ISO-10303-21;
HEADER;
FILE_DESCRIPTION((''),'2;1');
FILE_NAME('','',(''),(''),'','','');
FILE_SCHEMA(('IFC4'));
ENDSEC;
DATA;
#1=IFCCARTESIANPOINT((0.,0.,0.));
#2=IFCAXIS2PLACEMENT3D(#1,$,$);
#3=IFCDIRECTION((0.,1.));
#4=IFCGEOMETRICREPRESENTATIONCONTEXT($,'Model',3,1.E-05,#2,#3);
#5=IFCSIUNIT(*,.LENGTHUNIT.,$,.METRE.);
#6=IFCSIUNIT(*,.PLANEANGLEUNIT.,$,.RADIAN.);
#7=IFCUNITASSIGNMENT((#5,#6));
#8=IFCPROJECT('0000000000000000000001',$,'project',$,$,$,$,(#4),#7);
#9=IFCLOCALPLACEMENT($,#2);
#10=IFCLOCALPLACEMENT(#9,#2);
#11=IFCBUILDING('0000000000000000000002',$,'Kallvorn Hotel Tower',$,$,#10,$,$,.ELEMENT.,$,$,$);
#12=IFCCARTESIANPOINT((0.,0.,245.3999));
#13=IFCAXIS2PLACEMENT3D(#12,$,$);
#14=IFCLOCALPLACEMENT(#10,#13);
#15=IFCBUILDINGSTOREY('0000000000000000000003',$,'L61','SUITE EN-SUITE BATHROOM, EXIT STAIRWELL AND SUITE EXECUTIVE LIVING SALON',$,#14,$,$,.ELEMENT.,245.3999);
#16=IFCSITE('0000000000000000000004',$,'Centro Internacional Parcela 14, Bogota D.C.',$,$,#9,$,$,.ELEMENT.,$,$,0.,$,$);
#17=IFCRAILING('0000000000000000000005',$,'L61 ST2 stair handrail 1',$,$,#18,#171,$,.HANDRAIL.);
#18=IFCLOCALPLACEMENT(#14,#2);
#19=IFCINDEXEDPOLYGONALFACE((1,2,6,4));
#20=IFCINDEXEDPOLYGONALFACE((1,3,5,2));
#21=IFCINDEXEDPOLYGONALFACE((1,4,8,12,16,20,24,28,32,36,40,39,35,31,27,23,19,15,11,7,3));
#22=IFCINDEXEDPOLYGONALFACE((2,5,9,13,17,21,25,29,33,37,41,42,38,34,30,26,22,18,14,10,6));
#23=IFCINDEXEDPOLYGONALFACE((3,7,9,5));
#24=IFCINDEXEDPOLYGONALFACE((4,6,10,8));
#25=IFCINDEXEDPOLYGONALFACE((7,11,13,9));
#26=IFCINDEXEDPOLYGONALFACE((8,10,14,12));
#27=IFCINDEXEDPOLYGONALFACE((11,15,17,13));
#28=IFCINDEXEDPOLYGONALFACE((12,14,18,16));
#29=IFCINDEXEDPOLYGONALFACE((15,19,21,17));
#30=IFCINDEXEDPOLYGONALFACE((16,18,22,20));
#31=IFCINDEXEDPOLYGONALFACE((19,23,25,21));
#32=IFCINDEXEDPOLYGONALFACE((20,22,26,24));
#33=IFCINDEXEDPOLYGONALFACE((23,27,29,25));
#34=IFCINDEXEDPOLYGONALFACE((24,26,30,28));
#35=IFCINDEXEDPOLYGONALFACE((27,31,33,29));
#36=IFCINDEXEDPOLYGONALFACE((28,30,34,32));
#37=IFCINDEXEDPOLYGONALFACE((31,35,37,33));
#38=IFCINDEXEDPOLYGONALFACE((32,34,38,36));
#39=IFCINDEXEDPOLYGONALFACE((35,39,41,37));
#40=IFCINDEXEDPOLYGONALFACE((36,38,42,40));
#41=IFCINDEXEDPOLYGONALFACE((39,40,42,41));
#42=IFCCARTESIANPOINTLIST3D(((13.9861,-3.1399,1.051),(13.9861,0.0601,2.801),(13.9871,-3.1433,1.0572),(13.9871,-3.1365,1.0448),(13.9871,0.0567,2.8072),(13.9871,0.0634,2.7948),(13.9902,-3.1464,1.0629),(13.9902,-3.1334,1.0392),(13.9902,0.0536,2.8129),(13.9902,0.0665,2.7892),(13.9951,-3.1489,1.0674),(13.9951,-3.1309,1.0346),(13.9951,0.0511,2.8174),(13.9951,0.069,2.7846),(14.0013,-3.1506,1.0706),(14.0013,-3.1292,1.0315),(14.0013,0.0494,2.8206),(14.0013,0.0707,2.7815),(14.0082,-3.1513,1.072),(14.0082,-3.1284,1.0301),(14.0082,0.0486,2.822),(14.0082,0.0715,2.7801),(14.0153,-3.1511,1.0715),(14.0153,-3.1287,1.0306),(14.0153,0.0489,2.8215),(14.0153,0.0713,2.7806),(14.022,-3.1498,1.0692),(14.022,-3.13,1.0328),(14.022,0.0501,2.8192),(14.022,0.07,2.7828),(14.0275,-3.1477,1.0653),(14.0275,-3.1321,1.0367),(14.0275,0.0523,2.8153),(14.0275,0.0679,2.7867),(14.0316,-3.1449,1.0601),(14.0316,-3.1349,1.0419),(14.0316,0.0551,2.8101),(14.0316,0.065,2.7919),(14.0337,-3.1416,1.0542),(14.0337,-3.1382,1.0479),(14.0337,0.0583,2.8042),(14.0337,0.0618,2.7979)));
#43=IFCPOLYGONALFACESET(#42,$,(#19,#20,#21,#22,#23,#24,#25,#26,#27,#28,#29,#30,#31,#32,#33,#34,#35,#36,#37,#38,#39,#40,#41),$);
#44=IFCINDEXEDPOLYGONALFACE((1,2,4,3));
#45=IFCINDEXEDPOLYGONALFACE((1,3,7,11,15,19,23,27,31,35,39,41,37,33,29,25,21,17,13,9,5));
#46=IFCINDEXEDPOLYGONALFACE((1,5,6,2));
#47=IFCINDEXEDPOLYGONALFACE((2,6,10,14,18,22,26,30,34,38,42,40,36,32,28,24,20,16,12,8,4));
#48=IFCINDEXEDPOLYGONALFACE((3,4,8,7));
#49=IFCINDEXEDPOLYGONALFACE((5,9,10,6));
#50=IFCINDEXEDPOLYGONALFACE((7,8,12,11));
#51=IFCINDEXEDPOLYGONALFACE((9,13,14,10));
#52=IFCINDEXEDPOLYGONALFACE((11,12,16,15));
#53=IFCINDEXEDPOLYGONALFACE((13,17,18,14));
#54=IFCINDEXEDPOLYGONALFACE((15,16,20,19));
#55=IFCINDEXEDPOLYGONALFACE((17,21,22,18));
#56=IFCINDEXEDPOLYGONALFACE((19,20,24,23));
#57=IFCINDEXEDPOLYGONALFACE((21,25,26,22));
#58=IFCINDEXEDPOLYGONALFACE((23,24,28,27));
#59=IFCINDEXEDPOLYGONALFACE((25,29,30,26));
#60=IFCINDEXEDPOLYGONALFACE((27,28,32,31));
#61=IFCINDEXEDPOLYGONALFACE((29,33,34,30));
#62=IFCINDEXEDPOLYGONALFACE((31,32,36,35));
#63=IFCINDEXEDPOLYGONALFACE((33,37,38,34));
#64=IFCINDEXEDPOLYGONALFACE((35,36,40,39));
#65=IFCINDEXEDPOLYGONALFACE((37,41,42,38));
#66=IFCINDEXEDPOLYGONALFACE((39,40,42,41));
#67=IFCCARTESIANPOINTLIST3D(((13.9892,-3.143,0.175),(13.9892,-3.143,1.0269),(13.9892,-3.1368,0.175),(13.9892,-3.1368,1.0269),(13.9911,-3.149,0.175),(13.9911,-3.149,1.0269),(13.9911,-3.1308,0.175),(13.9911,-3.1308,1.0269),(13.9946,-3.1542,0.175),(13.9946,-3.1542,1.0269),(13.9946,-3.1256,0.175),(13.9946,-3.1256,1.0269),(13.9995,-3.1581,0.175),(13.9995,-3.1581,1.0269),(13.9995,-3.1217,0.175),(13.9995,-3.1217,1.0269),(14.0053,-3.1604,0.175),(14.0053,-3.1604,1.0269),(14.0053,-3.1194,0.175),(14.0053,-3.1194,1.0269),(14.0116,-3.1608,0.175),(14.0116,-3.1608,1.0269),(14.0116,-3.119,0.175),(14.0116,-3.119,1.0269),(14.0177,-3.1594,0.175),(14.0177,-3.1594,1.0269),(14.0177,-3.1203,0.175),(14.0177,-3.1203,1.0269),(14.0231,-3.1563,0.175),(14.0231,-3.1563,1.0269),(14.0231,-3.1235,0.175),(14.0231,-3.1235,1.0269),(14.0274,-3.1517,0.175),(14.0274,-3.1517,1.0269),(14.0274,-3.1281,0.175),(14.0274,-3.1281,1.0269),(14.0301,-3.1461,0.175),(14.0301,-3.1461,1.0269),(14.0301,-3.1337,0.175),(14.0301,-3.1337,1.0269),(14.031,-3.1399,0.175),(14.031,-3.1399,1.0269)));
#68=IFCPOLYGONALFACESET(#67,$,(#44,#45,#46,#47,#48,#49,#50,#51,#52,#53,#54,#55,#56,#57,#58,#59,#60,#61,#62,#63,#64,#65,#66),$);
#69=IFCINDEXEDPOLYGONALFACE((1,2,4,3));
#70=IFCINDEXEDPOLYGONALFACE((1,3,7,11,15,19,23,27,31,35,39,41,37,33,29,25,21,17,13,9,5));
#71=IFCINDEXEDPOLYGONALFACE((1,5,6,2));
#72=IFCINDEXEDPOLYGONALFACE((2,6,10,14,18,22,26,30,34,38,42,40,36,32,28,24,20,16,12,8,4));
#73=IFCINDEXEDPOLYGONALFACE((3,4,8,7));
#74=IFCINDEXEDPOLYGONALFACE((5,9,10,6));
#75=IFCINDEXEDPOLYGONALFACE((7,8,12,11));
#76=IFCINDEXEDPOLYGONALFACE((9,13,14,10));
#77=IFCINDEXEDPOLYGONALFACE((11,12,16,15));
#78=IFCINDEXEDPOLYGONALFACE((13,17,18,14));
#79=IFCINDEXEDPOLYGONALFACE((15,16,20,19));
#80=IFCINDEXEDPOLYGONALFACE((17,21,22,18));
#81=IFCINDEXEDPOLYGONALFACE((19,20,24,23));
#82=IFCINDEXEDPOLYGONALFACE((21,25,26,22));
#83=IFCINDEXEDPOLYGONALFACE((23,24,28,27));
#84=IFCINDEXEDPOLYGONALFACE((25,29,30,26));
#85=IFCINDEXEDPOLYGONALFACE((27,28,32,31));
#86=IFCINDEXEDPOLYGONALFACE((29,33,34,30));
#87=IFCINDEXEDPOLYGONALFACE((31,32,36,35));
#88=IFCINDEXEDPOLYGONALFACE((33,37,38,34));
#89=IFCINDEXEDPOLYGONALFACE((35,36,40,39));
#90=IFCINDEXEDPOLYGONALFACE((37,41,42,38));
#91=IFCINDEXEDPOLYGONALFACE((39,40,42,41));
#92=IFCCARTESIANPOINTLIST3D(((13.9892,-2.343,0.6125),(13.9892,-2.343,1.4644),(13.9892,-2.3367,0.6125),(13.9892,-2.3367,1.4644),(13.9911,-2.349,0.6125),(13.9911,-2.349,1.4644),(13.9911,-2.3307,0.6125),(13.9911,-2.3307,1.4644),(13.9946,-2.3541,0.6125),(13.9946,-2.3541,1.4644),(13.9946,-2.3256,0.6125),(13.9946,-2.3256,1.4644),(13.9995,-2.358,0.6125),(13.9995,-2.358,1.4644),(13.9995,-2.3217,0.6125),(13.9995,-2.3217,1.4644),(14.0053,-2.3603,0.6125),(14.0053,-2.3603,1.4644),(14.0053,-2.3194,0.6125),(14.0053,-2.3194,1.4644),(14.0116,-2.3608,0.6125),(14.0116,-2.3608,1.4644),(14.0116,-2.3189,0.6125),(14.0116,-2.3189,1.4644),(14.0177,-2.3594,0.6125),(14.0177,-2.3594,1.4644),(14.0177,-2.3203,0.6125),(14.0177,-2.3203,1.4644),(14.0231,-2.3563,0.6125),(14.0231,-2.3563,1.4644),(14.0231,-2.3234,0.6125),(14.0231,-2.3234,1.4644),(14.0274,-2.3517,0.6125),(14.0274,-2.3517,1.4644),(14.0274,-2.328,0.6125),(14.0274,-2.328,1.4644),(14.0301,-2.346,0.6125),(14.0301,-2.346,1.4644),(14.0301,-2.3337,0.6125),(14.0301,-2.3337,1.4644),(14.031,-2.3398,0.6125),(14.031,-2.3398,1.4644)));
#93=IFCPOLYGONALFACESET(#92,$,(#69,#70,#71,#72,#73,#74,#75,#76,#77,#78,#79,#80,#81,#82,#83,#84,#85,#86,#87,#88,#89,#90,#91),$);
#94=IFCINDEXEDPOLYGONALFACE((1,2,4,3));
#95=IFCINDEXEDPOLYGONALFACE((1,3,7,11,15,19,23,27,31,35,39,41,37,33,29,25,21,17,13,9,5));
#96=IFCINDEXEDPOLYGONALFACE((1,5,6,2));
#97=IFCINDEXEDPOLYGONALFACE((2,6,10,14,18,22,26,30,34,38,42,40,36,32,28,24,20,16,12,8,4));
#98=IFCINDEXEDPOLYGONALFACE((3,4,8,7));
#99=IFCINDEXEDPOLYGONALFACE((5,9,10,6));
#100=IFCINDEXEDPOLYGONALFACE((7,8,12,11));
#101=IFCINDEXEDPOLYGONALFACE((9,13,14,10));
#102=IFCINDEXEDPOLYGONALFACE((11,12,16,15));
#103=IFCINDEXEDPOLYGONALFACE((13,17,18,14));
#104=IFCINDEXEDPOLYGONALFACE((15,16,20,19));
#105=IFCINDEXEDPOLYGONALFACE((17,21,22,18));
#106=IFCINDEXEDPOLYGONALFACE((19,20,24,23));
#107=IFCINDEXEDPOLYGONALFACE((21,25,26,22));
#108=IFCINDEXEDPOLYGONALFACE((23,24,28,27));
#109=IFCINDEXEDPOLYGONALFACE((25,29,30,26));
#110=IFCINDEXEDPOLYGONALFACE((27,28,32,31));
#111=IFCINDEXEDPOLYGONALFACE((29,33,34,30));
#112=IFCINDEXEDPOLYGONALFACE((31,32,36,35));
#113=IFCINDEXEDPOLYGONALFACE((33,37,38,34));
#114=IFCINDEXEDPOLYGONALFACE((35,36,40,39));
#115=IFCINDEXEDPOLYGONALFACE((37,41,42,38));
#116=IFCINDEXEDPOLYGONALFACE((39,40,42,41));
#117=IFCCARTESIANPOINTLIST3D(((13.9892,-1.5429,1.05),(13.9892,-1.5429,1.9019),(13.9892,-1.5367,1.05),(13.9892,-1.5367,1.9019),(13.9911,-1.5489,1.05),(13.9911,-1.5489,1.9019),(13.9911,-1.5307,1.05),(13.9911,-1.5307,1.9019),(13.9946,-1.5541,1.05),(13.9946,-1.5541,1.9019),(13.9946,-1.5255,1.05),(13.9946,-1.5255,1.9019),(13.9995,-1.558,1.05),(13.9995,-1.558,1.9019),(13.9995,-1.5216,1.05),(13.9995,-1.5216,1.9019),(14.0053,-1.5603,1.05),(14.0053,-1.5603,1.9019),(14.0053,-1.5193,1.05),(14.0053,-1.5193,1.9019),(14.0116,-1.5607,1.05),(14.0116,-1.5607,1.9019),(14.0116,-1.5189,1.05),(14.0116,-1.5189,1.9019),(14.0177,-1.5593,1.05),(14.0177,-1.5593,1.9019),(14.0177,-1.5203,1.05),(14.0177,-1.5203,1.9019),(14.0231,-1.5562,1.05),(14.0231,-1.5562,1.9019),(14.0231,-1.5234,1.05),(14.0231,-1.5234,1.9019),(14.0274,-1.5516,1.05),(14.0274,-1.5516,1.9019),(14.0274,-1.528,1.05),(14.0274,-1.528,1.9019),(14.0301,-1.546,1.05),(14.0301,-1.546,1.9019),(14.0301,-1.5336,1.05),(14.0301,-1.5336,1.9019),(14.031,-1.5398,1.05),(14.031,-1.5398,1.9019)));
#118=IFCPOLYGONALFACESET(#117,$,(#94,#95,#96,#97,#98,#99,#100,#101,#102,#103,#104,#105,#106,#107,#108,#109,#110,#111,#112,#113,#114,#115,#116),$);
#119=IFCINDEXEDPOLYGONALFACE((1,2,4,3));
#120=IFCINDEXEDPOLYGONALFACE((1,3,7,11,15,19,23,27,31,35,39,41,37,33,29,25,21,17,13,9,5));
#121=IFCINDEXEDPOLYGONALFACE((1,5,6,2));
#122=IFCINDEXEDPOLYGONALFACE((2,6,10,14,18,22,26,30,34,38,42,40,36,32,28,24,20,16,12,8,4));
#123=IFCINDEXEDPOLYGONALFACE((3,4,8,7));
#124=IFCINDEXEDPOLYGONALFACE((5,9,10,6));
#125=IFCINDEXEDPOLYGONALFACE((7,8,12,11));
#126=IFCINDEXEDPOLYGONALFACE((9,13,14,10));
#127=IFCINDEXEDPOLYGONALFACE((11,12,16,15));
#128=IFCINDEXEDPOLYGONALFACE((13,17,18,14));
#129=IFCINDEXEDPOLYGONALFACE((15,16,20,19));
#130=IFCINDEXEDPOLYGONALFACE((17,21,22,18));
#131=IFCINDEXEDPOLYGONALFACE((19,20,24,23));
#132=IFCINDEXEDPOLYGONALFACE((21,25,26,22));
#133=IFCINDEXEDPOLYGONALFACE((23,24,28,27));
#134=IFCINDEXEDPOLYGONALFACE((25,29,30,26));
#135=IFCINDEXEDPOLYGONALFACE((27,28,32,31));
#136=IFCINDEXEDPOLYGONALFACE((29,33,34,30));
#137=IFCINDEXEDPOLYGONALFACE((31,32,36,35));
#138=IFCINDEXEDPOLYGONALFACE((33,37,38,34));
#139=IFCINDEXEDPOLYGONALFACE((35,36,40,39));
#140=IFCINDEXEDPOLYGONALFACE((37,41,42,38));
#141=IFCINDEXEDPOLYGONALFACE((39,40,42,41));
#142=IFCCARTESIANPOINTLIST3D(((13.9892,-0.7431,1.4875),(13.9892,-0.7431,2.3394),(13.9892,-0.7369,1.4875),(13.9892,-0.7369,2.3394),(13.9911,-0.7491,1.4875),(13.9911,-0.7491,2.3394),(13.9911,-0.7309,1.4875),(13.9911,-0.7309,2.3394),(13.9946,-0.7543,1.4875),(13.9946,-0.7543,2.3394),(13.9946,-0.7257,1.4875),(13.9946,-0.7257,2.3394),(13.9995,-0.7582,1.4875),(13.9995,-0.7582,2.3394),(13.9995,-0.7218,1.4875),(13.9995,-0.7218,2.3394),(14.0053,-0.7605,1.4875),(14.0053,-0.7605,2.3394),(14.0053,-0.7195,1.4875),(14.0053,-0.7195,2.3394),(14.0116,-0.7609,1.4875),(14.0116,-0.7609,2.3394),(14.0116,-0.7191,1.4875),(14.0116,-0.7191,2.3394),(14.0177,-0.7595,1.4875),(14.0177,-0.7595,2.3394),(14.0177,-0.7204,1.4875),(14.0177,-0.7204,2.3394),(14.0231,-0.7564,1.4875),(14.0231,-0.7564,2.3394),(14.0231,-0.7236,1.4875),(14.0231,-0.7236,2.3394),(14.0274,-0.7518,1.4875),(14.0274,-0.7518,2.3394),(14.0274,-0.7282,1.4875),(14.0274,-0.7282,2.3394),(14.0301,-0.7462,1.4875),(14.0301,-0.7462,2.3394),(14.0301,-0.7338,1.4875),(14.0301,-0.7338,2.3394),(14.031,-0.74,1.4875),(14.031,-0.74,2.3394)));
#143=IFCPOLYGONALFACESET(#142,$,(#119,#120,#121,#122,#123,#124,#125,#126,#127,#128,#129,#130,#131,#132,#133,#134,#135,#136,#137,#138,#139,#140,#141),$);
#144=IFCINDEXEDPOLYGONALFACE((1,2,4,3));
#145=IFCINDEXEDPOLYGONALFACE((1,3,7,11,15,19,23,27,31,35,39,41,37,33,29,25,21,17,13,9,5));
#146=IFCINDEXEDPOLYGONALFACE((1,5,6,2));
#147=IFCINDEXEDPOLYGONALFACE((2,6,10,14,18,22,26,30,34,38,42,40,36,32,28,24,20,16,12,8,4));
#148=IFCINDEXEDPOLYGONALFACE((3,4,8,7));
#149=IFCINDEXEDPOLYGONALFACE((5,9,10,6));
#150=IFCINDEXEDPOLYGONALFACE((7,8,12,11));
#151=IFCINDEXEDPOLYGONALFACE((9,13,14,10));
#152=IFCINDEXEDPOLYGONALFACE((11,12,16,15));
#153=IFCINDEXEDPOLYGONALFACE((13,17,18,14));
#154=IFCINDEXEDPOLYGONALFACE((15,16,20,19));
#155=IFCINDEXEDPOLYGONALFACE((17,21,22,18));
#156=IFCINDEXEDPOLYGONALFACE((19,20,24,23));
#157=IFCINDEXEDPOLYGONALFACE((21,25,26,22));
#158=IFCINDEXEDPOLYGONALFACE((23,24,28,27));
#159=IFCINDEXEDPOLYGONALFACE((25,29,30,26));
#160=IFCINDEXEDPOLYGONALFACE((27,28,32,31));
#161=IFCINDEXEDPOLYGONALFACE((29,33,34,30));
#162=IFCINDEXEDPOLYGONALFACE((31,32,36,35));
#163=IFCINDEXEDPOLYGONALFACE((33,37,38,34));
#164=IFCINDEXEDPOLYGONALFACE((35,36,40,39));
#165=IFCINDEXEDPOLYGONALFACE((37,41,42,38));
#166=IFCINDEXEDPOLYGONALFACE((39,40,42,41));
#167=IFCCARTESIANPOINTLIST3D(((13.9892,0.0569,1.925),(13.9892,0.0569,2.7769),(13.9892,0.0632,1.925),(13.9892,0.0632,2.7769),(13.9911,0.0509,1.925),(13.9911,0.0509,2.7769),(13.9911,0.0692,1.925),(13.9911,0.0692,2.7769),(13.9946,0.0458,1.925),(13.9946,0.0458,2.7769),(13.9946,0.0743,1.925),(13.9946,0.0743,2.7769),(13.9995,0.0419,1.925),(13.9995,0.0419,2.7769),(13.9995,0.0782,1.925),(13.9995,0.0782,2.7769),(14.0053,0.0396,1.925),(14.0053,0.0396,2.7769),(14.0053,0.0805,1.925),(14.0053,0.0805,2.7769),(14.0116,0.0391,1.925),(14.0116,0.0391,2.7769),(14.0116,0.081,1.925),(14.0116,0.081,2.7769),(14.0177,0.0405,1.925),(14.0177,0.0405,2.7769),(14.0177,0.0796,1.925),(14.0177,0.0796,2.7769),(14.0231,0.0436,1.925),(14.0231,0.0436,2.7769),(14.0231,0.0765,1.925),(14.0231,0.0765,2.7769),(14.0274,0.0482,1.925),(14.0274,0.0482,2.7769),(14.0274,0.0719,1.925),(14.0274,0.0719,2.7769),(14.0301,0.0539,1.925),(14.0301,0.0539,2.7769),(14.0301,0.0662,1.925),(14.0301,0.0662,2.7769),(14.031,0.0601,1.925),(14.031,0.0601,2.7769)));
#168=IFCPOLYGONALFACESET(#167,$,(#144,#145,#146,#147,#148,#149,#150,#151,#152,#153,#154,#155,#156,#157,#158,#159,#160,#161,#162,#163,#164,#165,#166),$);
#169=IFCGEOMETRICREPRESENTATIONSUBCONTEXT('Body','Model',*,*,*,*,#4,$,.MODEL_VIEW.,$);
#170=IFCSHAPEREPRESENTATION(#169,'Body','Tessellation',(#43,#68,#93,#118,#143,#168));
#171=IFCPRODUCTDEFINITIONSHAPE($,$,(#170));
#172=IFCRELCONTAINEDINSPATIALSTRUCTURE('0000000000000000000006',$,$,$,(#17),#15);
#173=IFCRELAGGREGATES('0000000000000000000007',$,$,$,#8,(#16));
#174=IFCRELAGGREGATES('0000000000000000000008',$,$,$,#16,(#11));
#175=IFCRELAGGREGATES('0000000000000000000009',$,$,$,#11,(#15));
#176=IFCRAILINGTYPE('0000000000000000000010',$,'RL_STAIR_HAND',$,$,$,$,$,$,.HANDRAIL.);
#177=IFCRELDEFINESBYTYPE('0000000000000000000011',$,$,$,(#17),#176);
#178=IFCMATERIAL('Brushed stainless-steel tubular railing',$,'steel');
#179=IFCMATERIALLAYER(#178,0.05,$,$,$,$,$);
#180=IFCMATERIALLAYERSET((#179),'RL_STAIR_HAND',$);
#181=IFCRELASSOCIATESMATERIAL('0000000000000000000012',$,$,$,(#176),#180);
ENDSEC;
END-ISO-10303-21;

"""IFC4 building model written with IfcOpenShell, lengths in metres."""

from ifc_helpers import new_model, si_unit, direction, frame, origin, origin_2d, place, context, subcontext, project, spatial, circle, extrude, material, layer, layer_set, type_object, element, save


model = new_model("IFC4")

# Units and contexts
model_context = context("Model", 3, precision=1e-05, world=origin(), true_north=direction((0.0, 1.0)))
body_context = subcontext(model_context, "Body", "Model", "MODEL_VIEW")
ifc_project = project(units=[si_unit("LENGTHUNIT", "METRE"), si_unit("PLANEANGLEUNIT", "RADIAN")], contexts=[model_context])

# Site, building, storey
site_placement = place(None, origin())
site = spatial("IfcSite", under=ifc_project, at=site_placement, Name="Centro Internacional Parcela 14, Bogota D.C.", CompositionType="ELEMENT", RefElevation=0.0)
building_placement = place(site_placement, origin())
building = spatial("IfcBuilding", under=site, at=building_placement, Name="Kallvorn Hotel Tower", CompositionType="ELEMENT")
storey_placement = place(building_placement, frame((0.0, 0.0, 245.3999)))
storey = spatial("IfcBuildingStorey", under=building, at=storey_placement, Name="L61", Description="SUITE EN-SUITE BATHROOM, EXIT STAIRWELL AND SUITE EXECUTIVE LIVING SALON", CompositionType="ELEMENT", Elevation=245.3999)

# Railing
ifc_material_1 = material(Name="Brushed stainless-steel tubular railing", Category="steel")
ifc_layer_1 = layer(ifc_material_1, 0.05)
ifc_layer_set_1 = layer_set([ifc_layer_1], Name="RL_STAIR_HAND")
railing_type_1 = type_object("IfcRailingType", Name="RL_STAIR_HAND", PredefinedType="HANDRAIL", material=ifc_layer_set_1)
railing_1_placement = place(storey_placement, frame((14.01, -3.1399, 0.175)))
element("IfcRailing", 1, at=railing_1_placement, inside=storey, type_object=railing_type_1, Name="L61 ST2 stair handrail 1", PredefinedType="HANDRAIL", context=body_context, shape_type="SweptSolid", body=[
    extrude(circle(Radius=0.0239, at=origin_2d()), frame((0.0, 0.0, 0.876), z_axis=(0.0, 0.877368, 0.479818), x_axis=(-1.0, 0.0, 0.0)), (0.0, 0.0, 1.0), 3.6472),
    extrude(circle(Radius=0.021, at=origin_2d()), origin(), (0.0, 0.0, 1.0), 0.8518),
    extrude(circle(Radius=0.021, at=origin_2d()), frame((0.0, 0.8, 0.4375)), (0.0, 0.0, 1.0), 0.8518),
    extrude(circle(Radius=0.021, at=origin_2d()), frame((0.0, 1.6001, 0.875)), (0.0, 0.0, 1.0), 0.8518),
    extrude(circle(Radius=0.021, at=origin_2d()), frame((0.0, 2.3999, 1.3125)), (0.0, 0.0, 1.0), 0.8518),
    extrude(circle(Radius=0.021, at=origin_2d()), frame((0.0, 3.2, 1.75)), (0.0, 0.0, 1.0), 0.8518),
])

save(model, "model.ifc")
